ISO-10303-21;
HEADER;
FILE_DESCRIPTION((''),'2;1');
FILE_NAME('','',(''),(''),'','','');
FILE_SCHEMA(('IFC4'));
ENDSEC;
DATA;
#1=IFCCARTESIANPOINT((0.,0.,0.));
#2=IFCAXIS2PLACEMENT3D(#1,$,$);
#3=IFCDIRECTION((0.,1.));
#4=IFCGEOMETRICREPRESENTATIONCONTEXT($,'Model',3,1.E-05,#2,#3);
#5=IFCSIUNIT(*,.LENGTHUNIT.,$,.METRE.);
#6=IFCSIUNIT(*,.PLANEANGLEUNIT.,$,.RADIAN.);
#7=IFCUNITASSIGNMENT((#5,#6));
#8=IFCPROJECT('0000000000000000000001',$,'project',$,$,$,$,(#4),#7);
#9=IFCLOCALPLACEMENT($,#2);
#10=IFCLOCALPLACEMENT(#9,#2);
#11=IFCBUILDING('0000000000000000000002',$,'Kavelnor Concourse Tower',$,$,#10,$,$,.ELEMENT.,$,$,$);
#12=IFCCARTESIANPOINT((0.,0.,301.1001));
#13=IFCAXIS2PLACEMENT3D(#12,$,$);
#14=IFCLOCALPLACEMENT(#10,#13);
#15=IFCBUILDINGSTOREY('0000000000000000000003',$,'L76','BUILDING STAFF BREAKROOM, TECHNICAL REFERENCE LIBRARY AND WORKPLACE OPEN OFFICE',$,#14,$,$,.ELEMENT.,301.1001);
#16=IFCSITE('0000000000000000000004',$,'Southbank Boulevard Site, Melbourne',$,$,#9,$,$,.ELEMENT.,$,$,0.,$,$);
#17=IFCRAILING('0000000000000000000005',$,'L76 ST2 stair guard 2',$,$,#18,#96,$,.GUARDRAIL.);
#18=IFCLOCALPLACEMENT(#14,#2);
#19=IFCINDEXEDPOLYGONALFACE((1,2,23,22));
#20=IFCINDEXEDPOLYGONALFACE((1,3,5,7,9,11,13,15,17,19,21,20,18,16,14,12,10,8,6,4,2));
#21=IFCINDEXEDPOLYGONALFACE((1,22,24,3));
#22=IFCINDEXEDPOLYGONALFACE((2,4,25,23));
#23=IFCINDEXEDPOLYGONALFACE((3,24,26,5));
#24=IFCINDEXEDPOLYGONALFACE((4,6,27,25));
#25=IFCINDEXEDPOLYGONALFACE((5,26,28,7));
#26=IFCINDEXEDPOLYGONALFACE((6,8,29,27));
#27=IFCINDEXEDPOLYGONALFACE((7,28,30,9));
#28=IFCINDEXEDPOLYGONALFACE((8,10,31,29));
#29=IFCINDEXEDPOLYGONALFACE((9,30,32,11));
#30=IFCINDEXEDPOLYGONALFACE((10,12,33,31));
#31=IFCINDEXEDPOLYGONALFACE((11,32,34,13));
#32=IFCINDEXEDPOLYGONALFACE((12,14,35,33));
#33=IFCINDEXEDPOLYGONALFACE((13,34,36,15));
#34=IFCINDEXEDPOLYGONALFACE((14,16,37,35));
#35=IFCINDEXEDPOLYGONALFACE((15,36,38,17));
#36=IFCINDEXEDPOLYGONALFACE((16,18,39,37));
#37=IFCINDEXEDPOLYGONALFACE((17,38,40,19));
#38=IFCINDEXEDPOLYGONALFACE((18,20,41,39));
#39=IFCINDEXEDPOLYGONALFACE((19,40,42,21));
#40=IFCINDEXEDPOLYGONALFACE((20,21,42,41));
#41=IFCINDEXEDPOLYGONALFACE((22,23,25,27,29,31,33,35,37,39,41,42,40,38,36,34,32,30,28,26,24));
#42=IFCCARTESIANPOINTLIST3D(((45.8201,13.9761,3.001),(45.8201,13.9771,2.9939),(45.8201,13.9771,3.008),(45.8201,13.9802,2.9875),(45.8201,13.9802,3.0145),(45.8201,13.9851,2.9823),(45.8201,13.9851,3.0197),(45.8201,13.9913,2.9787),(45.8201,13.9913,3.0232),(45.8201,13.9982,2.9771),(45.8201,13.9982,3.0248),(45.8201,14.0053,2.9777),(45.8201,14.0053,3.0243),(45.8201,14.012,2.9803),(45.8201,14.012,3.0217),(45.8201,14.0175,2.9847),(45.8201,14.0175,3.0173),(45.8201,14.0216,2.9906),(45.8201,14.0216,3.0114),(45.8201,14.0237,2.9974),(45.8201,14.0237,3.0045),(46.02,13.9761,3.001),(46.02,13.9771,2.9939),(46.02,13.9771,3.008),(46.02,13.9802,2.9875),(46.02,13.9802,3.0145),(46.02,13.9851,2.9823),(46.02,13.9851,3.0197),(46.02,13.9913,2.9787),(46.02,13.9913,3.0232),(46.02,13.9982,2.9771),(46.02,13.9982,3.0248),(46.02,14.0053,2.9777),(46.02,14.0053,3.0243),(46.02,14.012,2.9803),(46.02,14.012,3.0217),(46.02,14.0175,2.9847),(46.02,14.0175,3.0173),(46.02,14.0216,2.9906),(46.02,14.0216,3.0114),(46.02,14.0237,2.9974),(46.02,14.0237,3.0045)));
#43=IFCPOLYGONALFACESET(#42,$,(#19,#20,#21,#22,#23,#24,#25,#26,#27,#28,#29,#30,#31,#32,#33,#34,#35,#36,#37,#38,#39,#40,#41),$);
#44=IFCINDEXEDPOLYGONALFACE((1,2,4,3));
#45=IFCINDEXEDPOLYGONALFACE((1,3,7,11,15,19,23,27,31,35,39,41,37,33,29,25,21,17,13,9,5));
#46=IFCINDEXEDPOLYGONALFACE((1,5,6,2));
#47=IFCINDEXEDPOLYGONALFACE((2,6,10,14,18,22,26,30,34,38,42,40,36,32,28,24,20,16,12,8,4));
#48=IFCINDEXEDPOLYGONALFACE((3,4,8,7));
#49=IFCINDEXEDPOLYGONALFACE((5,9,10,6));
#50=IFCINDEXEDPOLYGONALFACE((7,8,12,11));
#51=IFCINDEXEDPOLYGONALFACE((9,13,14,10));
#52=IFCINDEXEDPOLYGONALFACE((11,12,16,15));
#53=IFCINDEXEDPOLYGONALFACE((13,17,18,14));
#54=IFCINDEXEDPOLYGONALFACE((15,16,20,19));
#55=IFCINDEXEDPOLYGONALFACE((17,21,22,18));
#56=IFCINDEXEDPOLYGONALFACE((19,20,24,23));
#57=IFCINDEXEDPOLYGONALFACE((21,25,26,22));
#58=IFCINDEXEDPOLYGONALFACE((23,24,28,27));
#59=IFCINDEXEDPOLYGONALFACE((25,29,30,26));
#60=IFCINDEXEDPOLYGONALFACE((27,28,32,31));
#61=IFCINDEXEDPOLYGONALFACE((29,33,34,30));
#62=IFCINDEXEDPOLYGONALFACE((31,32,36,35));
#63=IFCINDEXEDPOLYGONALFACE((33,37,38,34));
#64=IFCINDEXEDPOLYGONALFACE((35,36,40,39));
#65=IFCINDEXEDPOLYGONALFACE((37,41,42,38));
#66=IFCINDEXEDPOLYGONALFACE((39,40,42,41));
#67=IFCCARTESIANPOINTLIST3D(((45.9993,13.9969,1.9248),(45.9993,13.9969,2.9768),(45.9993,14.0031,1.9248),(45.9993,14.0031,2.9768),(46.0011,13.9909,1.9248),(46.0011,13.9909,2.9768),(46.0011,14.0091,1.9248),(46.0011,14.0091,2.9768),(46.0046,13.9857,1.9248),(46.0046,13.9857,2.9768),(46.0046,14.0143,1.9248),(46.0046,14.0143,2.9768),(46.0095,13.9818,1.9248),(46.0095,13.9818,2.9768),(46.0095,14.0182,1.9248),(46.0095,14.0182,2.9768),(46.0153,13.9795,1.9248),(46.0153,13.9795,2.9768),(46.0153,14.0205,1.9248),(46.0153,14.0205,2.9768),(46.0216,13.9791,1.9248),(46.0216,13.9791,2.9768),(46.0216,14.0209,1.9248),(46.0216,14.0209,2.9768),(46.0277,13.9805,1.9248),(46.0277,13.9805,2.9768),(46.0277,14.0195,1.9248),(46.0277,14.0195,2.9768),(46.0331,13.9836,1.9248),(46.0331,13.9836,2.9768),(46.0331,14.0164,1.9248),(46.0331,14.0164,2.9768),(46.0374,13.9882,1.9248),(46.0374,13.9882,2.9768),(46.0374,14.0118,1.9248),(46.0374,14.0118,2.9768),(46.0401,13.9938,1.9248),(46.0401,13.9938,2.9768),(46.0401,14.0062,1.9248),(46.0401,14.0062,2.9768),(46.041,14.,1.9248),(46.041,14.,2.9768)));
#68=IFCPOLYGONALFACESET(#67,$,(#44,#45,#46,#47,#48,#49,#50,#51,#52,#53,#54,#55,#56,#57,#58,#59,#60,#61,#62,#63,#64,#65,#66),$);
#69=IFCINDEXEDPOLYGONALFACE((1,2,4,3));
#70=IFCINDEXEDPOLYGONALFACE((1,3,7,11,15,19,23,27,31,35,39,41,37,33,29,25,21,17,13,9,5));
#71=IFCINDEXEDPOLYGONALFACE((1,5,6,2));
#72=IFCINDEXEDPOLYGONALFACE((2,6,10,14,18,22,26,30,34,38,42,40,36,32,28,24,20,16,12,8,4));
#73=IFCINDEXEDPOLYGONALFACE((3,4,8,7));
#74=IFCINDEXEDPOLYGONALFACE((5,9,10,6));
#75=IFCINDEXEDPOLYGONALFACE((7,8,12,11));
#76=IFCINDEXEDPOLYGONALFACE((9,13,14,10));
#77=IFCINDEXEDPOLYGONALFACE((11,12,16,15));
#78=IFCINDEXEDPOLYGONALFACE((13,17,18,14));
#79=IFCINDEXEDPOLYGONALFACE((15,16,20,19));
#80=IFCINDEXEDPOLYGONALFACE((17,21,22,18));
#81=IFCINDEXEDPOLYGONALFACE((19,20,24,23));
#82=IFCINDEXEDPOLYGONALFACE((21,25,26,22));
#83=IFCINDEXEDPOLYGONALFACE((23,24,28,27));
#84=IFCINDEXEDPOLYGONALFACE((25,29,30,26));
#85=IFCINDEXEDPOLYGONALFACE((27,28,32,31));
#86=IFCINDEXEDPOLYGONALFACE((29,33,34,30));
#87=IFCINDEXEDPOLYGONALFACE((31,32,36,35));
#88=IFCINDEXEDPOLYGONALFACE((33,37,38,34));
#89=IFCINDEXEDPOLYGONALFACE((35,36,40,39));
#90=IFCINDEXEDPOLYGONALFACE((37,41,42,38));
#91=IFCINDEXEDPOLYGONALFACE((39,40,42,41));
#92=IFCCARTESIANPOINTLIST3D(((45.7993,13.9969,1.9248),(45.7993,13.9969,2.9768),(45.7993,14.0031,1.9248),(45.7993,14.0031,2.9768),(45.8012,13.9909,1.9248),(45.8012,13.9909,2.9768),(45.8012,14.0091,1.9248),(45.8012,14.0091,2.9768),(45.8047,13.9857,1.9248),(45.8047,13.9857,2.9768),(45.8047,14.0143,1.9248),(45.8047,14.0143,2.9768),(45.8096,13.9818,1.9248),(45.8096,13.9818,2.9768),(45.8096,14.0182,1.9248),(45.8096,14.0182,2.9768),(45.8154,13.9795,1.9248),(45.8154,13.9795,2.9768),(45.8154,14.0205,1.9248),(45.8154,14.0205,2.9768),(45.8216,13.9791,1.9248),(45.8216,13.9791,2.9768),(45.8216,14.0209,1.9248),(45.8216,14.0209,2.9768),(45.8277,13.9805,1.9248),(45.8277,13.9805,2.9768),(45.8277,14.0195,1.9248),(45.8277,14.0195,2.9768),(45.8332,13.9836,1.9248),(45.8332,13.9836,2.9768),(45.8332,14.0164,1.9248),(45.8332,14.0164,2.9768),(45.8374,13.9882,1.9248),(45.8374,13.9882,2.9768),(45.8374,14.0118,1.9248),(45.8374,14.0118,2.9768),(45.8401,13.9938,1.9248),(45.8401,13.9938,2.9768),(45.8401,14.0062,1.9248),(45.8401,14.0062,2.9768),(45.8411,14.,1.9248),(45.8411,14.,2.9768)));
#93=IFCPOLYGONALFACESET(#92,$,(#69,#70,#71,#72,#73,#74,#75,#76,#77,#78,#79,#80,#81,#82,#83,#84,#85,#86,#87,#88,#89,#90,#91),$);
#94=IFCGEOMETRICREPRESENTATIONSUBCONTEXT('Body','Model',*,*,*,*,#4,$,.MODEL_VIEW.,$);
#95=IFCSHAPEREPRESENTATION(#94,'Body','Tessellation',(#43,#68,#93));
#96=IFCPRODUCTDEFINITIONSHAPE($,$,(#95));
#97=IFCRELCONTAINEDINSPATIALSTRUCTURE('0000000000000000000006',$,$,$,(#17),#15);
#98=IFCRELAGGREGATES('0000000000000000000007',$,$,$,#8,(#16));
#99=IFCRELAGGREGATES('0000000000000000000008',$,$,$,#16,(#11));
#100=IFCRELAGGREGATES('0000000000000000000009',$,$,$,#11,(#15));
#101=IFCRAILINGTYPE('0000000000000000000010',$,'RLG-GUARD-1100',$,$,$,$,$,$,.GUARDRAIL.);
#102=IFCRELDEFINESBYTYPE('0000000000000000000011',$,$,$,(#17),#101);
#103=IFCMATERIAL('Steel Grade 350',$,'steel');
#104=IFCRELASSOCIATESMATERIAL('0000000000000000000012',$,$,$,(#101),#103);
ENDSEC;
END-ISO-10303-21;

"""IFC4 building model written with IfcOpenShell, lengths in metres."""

from ifc_helpers import new_model, si_unit, direction, frame, origin, origin_2d, place, context, subcontext, project, spatial, circle, extrude, material, type_object, element, save


model = new_model("IFC4")

# Units and contexts
model_context = context("Model", 3, precision=1e-05, world=origin(), true_north=direction((0.0, 1.0)))
body_context = subcontext(model_context, "Body", "Model", "MODEL_VIEW")
ifc_project = project(units=[si_unit("LENGTHUNIT", "METRE"), si_unit("PLANEANGLEUNIT", "RADIAN")], contexts=[model_context])

# Site, building, storey
site_placement = place(None, origin())
site = spatial("IfcSite", under=ifc_project, at=site_placement, Name="Southbank Boulevard Site, Melbourne", CompositionType="ELEMENT", RefElevation=0.0)
building_placement = place(site_placement, origin())
building = spatial("IfcBuilding", under=site, at=building_placement, Name="Kavelnor Concourse Tower", CompositionType="ELEMENT")
storey_placement = place(building_placement, frame((0.0, 0.0, 301.1001)))
storey = spatial("IfcBuildingStorey", under=building, at=storey_placement, Name="L76", Description="BUILDING STAFF BREAKROOM, TECHNICAL REFERENCE LIBRARY AND WORKPLACE OPEN OFFICE", CompositionType="ELEMENT", Elevation=301.1001)

# Shared definitions
ifc_material_1 = material(Name="Steel Grade 350", Category="steel")

# Railing
railing_type_1 = type_object("IfcRailingType", Name="RLG-GUARD-1100", PredefinedType="GUARDRAIL", material=ifc_material_1)
railing_1_placement = place(storey_placement, frame((46.02, 14.0, 1.9248)))
element("IfcRailing", 1, at=railing_1_placement, inside=storey, type_object=railing_type_1, Name="L76 ST2 stair guard 2", PredefinedType="GUARDRAIL", context=body_context, shape_type="SweptSolid", body=[
    extrude(circle(Radius=0.0239, at=origin_2d()), frame((0.0, 0.0, 1.0762), z_axis=(-1.0, 0.0, 0.0), x_axis=(0.0, -1.0, 0.0)), (0.0, 0.0, 1.0), 0.2),
    extrude(circle(Radius=0.021, at=origin_2d()), origin(), (0.0, 0.0, 1.0), 1.052),
    extrude(circle(Radius=0.021, at=origin_2d()), frame((-0.2, 0.0, 0.0)), (0.0, 0.0, 1.0), 1.052),
])

save(model, "model.ifc")
